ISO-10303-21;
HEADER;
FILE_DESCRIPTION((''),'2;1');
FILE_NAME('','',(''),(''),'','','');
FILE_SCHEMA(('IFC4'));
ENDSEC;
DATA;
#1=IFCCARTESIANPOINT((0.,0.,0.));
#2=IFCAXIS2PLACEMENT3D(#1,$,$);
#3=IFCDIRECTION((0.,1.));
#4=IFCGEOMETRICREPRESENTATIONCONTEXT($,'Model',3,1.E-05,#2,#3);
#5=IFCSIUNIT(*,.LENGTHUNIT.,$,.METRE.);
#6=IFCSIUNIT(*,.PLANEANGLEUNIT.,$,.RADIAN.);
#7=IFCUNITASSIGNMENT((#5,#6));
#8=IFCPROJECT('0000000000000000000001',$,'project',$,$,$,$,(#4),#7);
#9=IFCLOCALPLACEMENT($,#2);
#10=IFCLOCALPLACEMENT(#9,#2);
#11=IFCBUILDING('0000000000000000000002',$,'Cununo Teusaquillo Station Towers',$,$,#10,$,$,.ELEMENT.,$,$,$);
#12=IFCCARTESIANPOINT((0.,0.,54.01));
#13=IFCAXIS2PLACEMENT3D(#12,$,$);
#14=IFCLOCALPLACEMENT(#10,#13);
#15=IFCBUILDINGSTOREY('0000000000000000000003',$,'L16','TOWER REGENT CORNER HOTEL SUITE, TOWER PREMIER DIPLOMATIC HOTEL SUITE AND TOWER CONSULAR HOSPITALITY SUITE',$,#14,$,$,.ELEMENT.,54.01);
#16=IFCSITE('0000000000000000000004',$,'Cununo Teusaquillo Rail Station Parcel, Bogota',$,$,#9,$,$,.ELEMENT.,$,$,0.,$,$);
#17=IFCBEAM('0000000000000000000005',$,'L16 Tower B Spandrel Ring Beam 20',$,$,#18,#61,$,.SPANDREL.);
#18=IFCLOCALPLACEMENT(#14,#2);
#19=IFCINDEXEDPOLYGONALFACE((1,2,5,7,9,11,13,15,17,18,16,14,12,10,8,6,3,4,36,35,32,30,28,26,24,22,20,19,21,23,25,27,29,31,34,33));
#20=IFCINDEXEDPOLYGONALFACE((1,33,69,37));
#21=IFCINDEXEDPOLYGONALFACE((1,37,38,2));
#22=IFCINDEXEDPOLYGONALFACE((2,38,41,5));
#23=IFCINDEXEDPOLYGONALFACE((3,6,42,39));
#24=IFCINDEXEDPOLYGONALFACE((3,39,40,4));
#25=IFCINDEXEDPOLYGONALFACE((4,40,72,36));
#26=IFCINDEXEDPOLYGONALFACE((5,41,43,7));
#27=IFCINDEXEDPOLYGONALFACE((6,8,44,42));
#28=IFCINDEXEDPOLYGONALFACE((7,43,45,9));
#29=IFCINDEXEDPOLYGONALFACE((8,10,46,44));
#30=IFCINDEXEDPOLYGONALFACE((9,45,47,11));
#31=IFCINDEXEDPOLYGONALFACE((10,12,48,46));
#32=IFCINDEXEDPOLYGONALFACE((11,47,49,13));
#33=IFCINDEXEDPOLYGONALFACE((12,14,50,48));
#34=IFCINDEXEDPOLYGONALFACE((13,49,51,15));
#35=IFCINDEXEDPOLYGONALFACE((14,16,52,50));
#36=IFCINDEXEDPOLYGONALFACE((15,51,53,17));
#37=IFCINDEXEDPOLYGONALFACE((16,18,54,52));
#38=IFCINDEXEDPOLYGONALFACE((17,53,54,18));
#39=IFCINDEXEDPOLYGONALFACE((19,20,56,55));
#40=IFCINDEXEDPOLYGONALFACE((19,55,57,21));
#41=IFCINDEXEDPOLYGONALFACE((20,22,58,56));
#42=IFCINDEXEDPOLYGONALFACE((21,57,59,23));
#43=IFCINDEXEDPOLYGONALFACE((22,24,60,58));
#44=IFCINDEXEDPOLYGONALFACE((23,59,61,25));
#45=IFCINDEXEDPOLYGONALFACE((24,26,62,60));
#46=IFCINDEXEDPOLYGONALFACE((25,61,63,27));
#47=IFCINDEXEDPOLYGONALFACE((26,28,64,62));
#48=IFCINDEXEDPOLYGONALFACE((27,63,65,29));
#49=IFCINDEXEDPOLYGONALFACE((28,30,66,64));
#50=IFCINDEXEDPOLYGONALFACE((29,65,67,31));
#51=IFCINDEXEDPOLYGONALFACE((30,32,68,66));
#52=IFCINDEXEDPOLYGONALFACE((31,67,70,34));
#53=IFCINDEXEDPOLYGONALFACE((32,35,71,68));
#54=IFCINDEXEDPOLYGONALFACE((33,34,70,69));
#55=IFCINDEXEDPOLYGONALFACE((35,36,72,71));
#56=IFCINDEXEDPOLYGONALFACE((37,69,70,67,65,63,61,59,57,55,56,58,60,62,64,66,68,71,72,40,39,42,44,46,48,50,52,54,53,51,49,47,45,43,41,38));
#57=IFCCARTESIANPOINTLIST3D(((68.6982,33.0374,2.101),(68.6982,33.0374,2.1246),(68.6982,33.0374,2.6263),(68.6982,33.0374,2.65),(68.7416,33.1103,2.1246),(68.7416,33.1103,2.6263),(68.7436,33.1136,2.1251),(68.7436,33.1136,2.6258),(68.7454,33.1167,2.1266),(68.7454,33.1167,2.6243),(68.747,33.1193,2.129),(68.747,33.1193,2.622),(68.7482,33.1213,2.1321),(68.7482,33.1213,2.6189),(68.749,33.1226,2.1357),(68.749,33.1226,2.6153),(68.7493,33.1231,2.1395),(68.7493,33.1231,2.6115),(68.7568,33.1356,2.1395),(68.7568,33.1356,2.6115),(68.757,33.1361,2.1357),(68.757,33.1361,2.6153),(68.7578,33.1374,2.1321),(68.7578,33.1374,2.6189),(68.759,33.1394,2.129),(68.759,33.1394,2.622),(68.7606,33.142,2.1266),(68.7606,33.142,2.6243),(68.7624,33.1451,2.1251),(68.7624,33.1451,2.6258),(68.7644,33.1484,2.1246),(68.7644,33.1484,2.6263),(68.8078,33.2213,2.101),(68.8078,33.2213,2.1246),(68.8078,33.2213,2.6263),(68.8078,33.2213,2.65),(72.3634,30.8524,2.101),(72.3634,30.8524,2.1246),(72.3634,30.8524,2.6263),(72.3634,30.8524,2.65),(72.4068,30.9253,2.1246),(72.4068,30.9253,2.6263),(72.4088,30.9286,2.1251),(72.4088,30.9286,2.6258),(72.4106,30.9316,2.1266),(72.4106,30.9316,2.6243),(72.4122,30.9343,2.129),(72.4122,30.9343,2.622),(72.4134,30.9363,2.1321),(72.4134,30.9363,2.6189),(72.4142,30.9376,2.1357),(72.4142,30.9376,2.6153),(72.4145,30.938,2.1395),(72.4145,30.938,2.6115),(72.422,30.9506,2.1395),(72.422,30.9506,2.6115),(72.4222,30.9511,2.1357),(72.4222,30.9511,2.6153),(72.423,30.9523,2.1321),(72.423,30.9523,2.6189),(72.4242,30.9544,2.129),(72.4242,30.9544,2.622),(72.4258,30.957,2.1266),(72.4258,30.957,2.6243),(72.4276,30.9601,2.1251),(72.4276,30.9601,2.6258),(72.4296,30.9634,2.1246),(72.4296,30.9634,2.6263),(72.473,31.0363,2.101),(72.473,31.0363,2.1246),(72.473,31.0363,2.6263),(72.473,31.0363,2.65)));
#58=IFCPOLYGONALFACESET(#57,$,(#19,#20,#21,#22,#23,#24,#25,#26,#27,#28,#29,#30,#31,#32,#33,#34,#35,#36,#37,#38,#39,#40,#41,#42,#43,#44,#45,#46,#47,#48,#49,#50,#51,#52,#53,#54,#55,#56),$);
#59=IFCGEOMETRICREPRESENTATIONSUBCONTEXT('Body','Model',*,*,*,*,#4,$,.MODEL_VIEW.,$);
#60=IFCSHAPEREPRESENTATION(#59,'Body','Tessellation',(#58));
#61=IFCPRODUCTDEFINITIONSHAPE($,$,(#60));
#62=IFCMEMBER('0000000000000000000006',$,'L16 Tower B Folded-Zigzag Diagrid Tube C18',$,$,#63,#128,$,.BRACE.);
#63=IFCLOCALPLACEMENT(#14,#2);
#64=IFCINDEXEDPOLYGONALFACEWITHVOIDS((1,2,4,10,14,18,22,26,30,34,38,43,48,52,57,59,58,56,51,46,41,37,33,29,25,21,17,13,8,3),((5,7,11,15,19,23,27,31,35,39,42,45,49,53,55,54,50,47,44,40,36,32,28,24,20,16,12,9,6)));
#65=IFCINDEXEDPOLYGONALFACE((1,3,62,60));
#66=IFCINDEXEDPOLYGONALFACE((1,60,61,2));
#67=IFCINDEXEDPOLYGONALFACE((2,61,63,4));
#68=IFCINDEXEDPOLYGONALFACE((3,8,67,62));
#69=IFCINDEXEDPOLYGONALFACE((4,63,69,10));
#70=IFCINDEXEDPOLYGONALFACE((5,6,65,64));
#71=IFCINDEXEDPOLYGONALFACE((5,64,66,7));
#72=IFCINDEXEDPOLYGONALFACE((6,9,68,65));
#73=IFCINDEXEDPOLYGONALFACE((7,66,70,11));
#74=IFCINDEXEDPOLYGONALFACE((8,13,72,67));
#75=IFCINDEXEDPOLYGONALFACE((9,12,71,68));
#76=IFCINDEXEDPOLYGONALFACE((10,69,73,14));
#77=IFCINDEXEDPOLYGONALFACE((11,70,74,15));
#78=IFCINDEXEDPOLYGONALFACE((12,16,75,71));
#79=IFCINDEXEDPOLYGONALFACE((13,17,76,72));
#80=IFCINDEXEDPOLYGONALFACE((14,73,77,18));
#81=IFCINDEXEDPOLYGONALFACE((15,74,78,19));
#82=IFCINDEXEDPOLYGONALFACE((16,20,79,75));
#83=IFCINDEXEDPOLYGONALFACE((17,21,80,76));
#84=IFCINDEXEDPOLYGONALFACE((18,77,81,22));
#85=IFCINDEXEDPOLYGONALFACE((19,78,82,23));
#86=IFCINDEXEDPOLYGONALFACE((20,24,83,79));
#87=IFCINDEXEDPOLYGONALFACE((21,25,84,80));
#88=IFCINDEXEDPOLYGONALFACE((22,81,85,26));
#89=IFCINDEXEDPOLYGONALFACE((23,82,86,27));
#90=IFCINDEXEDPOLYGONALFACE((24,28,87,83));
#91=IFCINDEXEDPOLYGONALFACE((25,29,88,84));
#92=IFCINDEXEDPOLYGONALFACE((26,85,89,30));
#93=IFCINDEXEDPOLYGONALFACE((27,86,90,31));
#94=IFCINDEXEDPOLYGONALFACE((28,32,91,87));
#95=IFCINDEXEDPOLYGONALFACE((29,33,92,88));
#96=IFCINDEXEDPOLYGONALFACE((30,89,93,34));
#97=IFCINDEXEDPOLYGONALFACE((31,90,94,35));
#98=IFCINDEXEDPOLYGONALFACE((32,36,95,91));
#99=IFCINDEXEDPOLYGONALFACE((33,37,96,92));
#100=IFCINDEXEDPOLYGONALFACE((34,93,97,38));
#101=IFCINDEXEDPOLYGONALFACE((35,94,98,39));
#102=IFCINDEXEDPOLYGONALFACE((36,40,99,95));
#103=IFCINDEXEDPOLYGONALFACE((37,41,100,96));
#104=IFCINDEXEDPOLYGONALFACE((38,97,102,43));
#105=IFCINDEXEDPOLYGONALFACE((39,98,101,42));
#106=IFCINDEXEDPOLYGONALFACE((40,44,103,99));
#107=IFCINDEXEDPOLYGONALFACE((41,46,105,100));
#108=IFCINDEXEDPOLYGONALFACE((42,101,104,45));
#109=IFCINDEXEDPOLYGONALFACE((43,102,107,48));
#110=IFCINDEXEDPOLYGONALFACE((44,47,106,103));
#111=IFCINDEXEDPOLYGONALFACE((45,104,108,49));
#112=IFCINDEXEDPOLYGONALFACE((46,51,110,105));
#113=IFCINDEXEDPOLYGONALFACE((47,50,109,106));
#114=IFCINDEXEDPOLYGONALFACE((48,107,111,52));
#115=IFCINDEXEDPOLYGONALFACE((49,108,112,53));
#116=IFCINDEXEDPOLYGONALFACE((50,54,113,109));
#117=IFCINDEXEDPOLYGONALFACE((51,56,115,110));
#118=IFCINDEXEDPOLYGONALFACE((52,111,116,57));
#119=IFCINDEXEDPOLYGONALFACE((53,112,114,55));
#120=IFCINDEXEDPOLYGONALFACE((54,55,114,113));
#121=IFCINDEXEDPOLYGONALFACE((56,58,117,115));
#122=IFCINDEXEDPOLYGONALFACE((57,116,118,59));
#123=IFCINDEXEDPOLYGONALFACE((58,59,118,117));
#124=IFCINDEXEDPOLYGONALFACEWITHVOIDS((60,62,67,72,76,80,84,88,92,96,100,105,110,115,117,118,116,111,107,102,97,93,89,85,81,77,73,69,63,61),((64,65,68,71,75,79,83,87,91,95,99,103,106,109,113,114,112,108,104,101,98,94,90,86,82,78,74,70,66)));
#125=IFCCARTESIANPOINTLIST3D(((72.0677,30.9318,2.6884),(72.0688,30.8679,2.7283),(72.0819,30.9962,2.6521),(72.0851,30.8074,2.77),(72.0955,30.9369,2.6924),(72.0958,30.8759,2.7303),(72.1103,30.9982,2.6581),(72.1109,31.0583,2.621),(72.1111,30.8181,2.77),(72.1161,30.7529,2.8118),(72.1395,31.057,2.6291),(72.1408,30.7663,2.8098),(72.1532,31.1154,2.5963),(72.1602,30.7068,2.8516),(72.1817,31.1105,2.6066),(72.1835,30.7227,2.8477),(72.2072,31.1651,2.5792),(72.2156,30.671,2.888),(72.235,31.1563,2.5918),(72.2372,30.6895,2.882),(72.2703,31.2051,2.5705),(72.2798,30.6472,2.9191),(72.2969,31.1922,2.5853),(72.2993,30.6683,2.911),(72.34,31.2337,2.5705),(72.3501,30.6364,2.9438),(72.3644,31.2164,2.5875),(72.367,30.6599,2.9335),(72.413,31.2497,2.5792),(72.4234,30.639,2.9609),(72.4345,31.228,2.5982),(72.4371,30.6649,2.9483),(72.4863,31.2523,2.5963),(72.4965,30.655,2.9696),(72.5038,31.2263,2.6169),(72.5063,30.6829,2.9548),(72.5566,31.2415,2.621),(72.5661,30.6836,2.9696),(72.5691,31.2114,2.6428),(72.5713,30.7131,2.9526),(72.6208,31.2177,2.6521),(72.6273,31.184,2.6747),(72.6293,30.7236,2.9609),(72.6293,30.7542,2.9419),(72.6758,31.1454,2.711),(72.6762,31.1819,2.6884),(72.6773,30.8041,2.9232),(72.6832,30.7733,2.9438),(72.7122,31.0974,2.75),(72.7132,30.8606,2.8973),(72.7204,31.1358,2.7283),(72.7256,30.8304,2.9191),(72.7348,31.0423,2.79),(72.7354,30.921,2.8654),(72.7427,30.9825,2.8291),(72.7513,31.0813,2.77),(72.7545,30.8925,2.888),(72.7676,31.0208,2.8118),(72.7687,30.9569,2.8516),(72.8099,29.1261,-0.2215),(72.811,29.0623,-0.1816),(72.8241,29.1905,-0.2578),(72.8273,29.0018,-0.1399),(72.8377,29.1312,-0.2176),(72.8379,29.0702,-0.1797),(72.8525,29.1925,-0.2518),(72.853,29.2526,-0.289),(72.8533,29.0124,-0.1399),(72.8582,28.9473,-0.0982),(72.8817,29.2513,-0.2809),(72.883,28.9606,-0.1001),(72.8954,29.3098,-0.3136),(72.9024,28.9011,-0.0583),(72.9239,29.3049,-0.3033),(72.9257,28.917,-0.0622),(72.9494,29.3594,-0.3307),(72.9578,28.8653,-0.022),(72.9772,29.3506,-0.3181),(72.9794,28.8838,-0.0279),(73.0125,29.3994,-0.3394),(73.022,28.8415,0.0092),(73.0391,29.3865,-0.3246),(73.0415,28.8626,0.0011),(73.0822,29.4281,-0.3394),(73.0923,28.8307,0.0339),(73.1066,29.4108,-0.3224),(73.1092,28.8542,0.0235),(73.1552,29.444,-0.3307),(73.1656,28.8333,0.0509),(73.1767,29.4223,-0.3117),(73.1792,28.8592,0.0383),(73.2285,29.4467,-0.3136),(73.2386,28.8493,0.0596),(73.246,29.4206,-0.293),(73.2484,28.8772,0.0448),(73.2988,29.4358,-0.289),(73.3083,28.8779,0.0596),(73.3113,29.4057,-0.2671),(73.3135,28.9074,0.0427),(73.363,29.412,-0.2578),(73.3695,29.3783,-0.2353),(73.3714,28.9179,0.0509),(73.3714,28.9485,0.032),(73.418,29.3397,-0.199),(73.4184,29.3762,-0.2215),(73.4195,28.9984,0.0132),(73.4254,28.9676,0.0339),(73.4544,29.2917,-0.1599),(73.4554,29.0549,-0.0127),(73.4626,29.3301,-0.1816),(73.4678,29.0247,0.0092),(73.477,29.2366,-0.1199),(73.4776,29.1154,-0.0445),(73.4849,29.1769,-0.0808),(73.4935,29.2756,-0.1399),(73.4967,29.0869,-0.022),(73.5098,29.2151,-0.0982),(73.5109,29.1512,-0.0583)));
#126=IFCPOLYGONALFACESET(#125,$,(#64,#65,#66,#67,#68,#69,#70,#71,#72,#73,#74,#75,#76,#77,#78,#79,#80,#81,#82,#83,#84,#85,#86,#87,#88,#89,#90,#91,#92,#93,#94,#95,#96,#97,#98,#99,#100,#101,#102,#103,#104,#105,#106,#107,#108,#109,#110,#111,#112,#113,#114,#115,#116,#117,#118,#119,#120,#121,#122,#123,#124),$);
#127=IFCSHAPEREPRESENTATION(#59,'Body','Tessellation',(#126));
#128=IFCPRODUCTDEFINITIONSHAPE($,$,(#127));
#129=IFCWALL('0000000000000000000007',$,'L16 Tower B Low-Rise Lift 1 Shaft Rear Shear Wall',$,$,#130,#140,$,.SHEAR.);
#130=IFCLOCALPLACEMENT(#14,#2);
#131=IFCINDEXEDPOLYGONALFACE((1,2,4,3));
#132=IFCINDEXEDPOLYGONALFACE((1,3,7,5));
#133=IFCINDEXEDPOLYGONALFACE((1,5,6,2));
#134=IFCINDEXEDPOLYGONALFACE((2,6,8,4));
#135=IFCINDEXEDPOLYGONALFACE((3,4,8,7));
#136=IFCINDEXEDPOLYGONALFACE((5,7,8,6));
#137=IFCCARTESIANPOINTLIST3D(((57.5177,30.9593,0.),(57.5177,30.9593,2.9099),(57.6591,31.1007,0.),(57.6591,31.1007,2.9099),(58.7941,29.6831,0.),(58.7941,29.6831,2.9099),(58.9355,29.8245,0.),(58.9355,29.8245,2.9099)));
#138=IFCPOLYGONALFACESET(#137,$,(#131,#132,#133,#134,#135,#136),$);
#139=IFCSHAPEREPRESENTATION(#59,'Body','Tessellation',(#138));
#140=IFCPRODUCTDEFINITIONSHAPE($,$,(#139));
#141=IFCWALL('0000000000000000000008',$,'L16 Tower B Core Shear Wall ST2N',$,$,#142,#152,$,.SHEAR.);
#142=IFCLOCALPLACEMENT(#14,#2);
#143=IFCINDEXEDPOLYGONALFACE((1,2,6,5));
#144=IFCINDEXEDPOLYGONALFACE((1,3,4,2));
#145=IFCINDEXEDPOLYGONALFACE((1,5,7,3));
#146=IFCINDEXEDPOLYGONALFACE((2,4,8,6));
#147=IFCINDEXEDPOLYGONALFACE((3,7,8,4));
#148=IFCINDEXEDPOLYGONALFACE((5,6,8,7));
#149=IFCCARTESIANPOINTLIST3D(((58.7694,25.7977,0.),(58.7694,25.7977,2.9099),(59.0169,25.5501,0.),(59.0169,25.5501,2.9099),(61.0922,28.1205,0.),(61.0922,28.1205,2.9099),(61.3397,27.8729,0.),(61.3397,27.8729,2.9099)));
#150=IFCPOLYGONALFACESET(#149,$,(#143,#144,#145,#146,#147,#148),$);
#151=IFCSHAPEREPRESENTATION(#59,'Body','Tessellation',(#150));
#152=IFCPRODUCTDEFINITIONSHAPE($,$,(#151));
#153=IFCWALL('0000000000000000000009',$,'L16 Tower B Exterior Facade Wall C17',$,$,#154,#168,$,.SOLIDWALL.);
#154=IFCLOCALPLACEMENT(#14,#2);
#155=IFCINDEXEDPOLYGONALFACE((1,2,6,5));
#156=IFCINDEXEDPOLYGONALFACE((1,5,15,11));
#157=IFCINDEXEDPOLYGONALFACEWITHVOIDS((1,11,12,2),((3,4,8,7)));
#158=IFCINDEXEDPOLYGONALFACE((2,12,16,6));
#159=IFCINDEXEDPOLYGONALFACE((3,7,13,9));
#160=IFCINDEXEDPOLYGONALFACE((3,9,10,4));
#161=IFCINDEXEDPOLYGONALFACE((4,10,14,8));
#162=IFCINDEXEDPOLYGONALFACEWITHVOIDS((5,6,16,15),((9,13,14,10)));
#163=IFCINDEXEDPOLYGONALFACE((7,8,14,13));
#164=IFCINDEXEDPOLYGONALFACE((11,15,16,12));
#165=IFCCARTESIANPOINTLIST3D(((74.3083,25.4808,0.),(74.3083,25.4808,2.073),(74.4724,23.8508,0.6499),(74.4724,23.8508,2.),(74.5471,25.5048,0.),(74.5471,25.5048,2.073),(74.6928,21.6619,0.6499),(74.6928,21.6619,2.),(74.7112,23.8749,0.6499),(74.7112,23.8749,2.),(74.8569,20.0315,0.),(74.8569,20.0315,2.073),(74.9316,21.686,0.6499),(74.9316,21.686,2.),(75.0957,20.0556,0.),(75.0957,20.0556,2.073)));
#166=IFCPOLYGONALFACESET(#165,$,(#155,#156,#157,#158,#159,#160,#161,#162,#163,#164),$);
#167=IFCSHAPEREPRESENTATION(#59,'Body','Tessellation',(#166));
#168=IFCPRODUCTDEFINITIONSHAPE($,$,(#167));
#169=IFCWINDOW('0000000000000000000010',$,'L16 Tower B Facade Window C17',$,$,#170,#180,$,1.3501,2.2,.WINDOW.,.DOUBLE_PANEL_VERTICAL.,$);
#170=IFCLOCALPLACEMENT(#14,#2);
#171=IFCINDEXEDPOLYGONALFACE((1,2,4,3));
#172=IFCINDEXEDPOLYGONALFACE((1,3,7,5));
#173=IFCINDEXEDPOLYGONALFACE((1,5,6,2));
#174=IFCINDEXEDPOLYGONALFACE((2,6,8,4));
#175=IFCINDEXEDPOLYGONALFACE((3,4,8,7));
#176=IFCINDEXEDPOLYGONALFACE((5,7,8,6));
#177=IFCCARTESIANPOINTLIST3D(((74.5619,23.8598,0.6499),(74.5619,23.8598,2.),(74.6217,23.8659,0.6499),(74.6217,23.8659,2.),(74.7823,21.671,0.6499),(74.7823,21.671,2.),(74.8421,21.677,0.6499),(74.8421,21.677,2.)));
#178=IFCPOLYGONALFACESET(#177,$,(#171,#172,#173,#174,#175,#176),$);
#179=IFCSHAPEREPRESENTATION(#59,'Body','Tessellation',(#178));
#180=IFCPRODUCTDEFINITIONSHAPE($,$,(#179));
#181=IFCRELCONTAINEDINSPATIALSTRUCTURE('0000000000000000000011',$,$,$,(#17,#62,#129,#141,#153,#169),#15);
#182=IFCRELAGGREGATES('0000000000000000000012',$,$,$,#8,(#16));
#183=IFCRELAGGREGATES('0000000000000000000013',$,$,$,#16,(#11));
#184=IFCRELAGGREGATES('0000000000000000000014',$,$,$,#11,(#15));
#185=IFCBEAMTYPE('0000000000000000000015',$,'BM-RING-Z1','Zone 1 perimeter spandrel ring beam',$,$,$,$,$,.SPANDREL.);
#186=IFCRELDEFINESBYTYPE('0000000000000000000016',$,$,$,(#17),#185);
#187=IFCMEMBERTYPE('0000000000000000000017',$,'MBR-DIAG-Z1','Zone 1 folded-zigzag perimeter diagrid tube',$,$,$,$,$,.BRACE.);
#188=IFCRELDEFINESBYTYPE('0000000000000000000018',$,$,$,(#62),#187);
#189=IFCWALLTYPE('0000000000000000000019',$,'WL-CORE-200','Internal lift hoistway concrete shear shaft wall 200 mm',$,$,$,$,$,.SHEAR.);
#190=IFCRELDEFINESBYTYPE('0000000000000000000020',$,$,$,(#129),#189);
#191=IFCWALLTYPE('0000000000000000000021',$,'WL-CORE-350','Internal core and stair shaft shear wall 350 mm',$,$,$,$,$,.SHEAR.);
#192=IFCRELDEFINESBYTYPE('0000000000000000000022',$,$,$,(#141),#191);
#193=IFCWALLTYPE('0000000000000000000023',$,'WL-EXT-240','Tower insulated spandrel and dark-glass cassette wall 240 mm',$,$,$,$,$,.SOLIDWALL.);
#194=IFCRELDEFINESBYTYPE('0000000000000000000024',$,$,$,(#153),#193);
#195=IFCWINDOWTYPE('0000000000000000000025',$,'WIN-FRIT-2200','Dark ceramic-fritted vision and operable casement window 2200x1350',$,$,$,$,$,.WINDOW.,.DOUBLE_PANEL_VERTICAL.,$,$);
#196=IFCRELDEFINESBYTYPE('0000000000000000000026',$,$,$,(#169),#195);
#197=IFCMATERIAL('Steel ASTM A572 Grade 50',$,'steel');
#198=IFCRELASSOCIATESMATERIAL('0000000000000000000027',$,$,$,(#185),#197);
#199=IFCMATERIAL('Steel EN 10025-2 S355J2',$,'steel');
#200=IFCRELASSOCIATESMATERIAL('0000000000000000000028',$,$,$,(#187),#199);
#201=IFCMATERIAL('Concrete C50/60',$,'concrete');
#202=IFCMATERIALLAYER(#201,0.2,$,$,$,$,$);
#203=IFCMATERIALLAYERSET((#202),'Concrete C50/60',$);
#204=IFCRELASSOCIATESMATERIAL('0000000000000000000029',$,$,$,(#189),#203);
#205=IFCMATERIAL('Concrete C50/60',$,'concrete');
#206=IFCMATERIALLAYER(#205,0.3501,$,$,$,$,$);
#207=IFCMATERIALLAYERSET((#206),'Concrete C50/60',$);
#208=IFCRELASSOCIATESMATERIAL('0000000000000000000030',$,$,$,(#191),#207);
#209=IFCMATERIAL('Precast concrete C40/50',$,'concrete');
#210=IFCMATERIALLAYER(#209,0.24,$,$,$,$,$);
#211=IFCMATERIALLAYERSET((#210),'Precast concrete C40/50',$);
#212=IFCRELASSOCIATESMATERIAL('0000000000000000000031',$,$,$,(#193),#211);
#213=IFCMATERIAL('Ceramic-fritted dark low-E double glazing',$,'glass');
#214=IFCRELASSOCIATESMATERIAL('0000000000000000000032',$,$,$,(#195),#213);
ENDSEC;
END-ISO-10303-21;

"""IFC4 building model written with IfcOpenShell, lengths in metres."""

from ifc_helpers import new_model, si_unit, direction, frame, frame_2d, origin, origin_2d, place, context, subcontext, project, spatial, rectangle, hollow_circle, i_section, extrude, source, transform, mapped, material, layer, layer_set, material_profile, profile_set, type_object, element, fill, save


model = new_model("IFC4")

# Units and contexts
model_context = context("Model", 3, precision=1e-05, world=origin(), true_north=direction((0.0, 1.0)))
body_context = subcontext(model_context, "Body", "Model", "MODEL_VIEW")
ifc_project = project(units=[si_unit("LENGTHUNIT", "METRE"), si_unit("PLANEANGLEUNIT", "RADIAN")], contexts=[model_context])

# Site, building, storey
site_placement = place(None, origin())
site = spatial("IfcSite", under=ifc_project, at=site_placement, Name="Cununo Teusaquillo Rail Station Parcel, Bogota", CompositionType="ELEMENT", RefElevation=0.0)
building_placement = place(site_placement, origin())
building = spatial("IfcBuilding", under=site, at=building_placement, Name="Cununo Teusaquillo Station Towers", CompositionType="ELEMENT")
storey_placement = place(building_placement, frame((0.0, 0.0, 54.01)))
storey = spatial("IfcBuildingStorey", under=building, at=storey_placement, Name="L16", Description="TOWER REGENT CORNER HOTEL SUITE, TOWER PREMIER DIPLOMATIC HOTEL SUITE AND TOWER CONSULAR HOSPITALITY SUITE", CompositionType="ELEMENT", Elevation=54.01)

# Beam
ifc_material_1 = material(Name="Steel ASTM A572 Grade 50", Category="steel")
ifc_material_profile_1 = material_profile(ifc_material_1, i_section(OverallWidth=0.2141, OverallDepth=0.5491, WebThickness=0.0146, FlangeThickness=0.0237, FilletRadius=0.0149, at=origin_2d()), Name="W21X93")
ifc_profile_set_1 = profile_set([ifc_material_profile_1], Name="Steel ASTM A572 Grade 50")
beam_type_1 = type_object("IfcBeamType", Name="BM-RING-Z1", Description="Zone 1 perimeter spandrel ring beam", PredefinedType="SPANDREL", material=ifc_profile_set_1)
beam_1_placement = place(storey_placement, frame((72.4182, 30.9443, 2.3755), z_axis=(-0.858948, 0.512062, 0.0), x_axis=(-0.512062, -0.858948, 0.0)))
element("IfcBeam", 1, at=beam_1_placement, inside=storey, type_object=beam_type_1, Name="L16 Tower B Spandrel Ring Beam 20", PredefinedType="SPANDREL", context=body_context, shape_type="SweptSolid", body=[
    extrude(i_section(OverallWidth=0.2141, OverallDepth=0.5491, WebThickness=0.0146, FlangeThickness=0.0237, FilletRadius=0.0149, at=origin_2d()), origin(), (0.0, 0.0, 1.0), 4.2671),
])

# Member
ifc_material_2 = material(Name="Steel EN 10025-2 S355J2", Category="steel")
ifc_material_profile_2 = material_profile(ifc_material_2, hollow_circle(Radius=0.3601, WallThickness=0.0281, at=origin_2d()), Name="CHS 720x28")
ifc_profile_set_2 = profile_set([ifc_material_profile_2], Name="Steel EN 10025-2 S355J2")
member_type = type_object("IfcMemberType", Name="MBR-DIAG-Z1", Description="Zone 1 folded-zigzag perimeter diagrid tube", PredefinedType="BRACE", material=ifc_profile_set_2)
member_placement = place(storey_placement, frame((73.1604, 29.1387, -0.1399), z_axis=(-0.211804, 0.515298, 0.830426), x_axis=(-0.924916, -0.380171, 0.0)))
element("IfcMember", 2, at=member_placement, inside=storey, type_object=member_type, Name="L16 Tower B Folded-Zigzag Diagrid Tube C18", PredefinedType="BRACE", context=body_context, shape_type="SweptSolid", body=[
    extrude(hollow_circle(Radius=0.3601, WallThickness=0.0281, at=origin_2d()), origin(), (0.0, 0.0, 1.0), 3.5042),
])

# Walls
ifc_material_3 = material(Name="Concrete C50/60", Category="concrete")
ifc_layer_1 = layer(ifc_material_3, 0.2)
ifc_layer_set_1 = layer_set([ifc_layer_1], Name="Concrete C50/60")
wall_type_1 = type_object("IfcWallType", Name="WL-CORE-200", Description="Internal lift hoistway concrete shear shaft wall 200 mm", PredefinedType="SHEAR", material=ifc_layer_set_1)
wall_1_placement = place(storey_placement, frame((58.8647, 29.7539, 0.0), z_axis=(0.0, 0.0, 1.0), x_axis=(-0.707174, 0.707039, 0.0)))
element("IfcWall", 3, at=wall_1_placement, inside=storey, type_object=wall_type_1, Name="L16 Tower B Low-Rise Lift 1 Shaft Rear Shear Wall", PredefinedType="SHEAR", context=body_context, shape_type="SweptSolid", body=[
    extrude(rectangle(XDim=1.8049, YDim=0.2, at=frame_2d((0.9023, 0.0))), origin(), (0.0, 0.0, 1.0), 2.9099),
])
ifc_material_4 = material(Name="Concrete C50/60", Category="concrete")
ifc_layer_2 = layer(ifc_material_4, 0.3501)
ifc_layer_set_2 = layer_set([ifc_layer_2], Name="Concrete C50/60")
wall_type_2 = type_object("IfcWallType", Name="WL-CORE-350", Description="Internal core and stair shaft shear wall 350 mm", PredefinedType="SHEAR", material=ifc_layer_set_2)
wall_2_placement = place(storey_placement, frame((58.8931, 25.6738, 0.0), z_axis=(0.0, 0.0, 1.0), x_axis=(0.707107, 0.707107, 0.0)))
element("IfcWall", 4, at=wall_2_placement, inside=storey, type_object=wall_type_2, Name="L16 Tower B Core Shear Wall ST2N", PredefinedType="SHEAR", context=body_context, shape_type="SweptSolid", body=[
    extrude(rectangle(XDim=3.2849, YDim=0.3501, at=frame_2d((1.6426, 0.0))), origin(), (0.0, 0.0, 1.0), 2.9099),
])

# Wall, opening, window
ifc_material_5 = material(Name="Precast concrete C40/50", Category="concrete")
ifc_layer_3 = layer(ifc_material_5, 0.24)
ifc_layer_set_3 = layer_set([ifc_layer_3], Name="Precast concrete C40/50")
wall_type_3 = type_object("IfcWallType", Name="WL-EXT-240", Description="Tower insulated spandrel and dark-glass cassette wall 240 mm", PredefinedType="SOLIDWALL", material=ifc_layer_set_3)
wall_3_placement = place(storey_placement, frame((74.4277, 25.4927, 0.0), z_axis=(0.0, 0.0, 1.0), x_axis=(0.100166, -0.994971, 0.0)))
wall_3 = element("IfcWall", 5, at=wall_3_placement, inside=storey, type_object=wall_type_3, Name="L16 Tower B Exterior Facade Wall C17", PredefinedType="SOLIDWALL", context=body_context, shape_type="SweptSolid", body=[
    extrude(rectangle(XDim=5.4768, YDim=0.24, at=frame_2d((2.7383, 0.0))), origin(), (0.0, 0.0, 1.0), 2.073),
])
shared_shape_1 = source(origin(), body_context, "Body", "SweptSolid", [
    extrude(rectangle(XDim=2.2, YDim=1.3501, at=frame_2d((1.1001, 0.675))), frame((0.0, 0.1299, 0.0), z_axis=(0.0, -1.0, 0.0), x_axis=(1.0, 0.0, 0.0)), (0.0, 0.0, 1.0), 0.26),
])
opening_1_placement = place(wall_3_placement, frame((1.6379, 0.0, 0.6499)))
opening_1 = element("IfcOpeningElement", 6, at=opening_1_placement, cuts=wall_3, PredefinedType="OPENING", context=body_context, shape_type="MappedRepresentation", body=[
    mapped(shared_shape_1, transform((0.0, 0.0, 0.0), x_axis=(1.0, 0.0, 0.0), y_axis=(0.0, 1.0, 0.0), z_axis=(0.0, 0.0, 1.0), scale=1.0)),
])
ifc_material_6 = material(Name="Ceramic-fritted dark low-E double glazing", Category="glass")
window_type = type_object("IfcWindowType", Name="WIN-FRIT-2200", Description="Dark ceramic-fritted vision and operable casement window 2200x1350", PartitioningType="DOUBLE_PANEL_VERTICAL", PredefinedType="WINDOW", material=ifc_material_6)
shared_shape_2 = source(origin(), body_context, "Body", "SweptSolid", [
    extrude(rectangle(XDim=2.2, YDim=1.3501, at=frame_2d((1.1001, 0.675))), frame((0.0, 0.03, 0.0), z_axis=(0.0, -1.0, 0.0), x_axis=(1.0, 0.0, 0.0)), (0.0, 0.0, 1.0), 0.0601),
])
window_placement = place(opening_1_placement, origin())
window = element("IfcWindow", 7, at=window_placement, inside=storey, type_object=window_type, Name="L16 Tower B Facade Window C17", OverallHeight=1.3501, OverallWidth=2.2, PartitioningType="DOUBLE_PANEL_VERTICAL", PredefinedType="WINDOW", context=body_context, shape_type="MappedRepresentation", body=[
    mapped(shared_shape_2, transform((0.0, 0.0, 0.0), x_axis=(1.0, 0.0, 0.0), y_axis=(0.0, 1.0, 0.0), z_axis=(0.0, 0.0, 1.0), scale=1.0)),
])
fill(opening_1, window)

save(model, "model.ifc")
